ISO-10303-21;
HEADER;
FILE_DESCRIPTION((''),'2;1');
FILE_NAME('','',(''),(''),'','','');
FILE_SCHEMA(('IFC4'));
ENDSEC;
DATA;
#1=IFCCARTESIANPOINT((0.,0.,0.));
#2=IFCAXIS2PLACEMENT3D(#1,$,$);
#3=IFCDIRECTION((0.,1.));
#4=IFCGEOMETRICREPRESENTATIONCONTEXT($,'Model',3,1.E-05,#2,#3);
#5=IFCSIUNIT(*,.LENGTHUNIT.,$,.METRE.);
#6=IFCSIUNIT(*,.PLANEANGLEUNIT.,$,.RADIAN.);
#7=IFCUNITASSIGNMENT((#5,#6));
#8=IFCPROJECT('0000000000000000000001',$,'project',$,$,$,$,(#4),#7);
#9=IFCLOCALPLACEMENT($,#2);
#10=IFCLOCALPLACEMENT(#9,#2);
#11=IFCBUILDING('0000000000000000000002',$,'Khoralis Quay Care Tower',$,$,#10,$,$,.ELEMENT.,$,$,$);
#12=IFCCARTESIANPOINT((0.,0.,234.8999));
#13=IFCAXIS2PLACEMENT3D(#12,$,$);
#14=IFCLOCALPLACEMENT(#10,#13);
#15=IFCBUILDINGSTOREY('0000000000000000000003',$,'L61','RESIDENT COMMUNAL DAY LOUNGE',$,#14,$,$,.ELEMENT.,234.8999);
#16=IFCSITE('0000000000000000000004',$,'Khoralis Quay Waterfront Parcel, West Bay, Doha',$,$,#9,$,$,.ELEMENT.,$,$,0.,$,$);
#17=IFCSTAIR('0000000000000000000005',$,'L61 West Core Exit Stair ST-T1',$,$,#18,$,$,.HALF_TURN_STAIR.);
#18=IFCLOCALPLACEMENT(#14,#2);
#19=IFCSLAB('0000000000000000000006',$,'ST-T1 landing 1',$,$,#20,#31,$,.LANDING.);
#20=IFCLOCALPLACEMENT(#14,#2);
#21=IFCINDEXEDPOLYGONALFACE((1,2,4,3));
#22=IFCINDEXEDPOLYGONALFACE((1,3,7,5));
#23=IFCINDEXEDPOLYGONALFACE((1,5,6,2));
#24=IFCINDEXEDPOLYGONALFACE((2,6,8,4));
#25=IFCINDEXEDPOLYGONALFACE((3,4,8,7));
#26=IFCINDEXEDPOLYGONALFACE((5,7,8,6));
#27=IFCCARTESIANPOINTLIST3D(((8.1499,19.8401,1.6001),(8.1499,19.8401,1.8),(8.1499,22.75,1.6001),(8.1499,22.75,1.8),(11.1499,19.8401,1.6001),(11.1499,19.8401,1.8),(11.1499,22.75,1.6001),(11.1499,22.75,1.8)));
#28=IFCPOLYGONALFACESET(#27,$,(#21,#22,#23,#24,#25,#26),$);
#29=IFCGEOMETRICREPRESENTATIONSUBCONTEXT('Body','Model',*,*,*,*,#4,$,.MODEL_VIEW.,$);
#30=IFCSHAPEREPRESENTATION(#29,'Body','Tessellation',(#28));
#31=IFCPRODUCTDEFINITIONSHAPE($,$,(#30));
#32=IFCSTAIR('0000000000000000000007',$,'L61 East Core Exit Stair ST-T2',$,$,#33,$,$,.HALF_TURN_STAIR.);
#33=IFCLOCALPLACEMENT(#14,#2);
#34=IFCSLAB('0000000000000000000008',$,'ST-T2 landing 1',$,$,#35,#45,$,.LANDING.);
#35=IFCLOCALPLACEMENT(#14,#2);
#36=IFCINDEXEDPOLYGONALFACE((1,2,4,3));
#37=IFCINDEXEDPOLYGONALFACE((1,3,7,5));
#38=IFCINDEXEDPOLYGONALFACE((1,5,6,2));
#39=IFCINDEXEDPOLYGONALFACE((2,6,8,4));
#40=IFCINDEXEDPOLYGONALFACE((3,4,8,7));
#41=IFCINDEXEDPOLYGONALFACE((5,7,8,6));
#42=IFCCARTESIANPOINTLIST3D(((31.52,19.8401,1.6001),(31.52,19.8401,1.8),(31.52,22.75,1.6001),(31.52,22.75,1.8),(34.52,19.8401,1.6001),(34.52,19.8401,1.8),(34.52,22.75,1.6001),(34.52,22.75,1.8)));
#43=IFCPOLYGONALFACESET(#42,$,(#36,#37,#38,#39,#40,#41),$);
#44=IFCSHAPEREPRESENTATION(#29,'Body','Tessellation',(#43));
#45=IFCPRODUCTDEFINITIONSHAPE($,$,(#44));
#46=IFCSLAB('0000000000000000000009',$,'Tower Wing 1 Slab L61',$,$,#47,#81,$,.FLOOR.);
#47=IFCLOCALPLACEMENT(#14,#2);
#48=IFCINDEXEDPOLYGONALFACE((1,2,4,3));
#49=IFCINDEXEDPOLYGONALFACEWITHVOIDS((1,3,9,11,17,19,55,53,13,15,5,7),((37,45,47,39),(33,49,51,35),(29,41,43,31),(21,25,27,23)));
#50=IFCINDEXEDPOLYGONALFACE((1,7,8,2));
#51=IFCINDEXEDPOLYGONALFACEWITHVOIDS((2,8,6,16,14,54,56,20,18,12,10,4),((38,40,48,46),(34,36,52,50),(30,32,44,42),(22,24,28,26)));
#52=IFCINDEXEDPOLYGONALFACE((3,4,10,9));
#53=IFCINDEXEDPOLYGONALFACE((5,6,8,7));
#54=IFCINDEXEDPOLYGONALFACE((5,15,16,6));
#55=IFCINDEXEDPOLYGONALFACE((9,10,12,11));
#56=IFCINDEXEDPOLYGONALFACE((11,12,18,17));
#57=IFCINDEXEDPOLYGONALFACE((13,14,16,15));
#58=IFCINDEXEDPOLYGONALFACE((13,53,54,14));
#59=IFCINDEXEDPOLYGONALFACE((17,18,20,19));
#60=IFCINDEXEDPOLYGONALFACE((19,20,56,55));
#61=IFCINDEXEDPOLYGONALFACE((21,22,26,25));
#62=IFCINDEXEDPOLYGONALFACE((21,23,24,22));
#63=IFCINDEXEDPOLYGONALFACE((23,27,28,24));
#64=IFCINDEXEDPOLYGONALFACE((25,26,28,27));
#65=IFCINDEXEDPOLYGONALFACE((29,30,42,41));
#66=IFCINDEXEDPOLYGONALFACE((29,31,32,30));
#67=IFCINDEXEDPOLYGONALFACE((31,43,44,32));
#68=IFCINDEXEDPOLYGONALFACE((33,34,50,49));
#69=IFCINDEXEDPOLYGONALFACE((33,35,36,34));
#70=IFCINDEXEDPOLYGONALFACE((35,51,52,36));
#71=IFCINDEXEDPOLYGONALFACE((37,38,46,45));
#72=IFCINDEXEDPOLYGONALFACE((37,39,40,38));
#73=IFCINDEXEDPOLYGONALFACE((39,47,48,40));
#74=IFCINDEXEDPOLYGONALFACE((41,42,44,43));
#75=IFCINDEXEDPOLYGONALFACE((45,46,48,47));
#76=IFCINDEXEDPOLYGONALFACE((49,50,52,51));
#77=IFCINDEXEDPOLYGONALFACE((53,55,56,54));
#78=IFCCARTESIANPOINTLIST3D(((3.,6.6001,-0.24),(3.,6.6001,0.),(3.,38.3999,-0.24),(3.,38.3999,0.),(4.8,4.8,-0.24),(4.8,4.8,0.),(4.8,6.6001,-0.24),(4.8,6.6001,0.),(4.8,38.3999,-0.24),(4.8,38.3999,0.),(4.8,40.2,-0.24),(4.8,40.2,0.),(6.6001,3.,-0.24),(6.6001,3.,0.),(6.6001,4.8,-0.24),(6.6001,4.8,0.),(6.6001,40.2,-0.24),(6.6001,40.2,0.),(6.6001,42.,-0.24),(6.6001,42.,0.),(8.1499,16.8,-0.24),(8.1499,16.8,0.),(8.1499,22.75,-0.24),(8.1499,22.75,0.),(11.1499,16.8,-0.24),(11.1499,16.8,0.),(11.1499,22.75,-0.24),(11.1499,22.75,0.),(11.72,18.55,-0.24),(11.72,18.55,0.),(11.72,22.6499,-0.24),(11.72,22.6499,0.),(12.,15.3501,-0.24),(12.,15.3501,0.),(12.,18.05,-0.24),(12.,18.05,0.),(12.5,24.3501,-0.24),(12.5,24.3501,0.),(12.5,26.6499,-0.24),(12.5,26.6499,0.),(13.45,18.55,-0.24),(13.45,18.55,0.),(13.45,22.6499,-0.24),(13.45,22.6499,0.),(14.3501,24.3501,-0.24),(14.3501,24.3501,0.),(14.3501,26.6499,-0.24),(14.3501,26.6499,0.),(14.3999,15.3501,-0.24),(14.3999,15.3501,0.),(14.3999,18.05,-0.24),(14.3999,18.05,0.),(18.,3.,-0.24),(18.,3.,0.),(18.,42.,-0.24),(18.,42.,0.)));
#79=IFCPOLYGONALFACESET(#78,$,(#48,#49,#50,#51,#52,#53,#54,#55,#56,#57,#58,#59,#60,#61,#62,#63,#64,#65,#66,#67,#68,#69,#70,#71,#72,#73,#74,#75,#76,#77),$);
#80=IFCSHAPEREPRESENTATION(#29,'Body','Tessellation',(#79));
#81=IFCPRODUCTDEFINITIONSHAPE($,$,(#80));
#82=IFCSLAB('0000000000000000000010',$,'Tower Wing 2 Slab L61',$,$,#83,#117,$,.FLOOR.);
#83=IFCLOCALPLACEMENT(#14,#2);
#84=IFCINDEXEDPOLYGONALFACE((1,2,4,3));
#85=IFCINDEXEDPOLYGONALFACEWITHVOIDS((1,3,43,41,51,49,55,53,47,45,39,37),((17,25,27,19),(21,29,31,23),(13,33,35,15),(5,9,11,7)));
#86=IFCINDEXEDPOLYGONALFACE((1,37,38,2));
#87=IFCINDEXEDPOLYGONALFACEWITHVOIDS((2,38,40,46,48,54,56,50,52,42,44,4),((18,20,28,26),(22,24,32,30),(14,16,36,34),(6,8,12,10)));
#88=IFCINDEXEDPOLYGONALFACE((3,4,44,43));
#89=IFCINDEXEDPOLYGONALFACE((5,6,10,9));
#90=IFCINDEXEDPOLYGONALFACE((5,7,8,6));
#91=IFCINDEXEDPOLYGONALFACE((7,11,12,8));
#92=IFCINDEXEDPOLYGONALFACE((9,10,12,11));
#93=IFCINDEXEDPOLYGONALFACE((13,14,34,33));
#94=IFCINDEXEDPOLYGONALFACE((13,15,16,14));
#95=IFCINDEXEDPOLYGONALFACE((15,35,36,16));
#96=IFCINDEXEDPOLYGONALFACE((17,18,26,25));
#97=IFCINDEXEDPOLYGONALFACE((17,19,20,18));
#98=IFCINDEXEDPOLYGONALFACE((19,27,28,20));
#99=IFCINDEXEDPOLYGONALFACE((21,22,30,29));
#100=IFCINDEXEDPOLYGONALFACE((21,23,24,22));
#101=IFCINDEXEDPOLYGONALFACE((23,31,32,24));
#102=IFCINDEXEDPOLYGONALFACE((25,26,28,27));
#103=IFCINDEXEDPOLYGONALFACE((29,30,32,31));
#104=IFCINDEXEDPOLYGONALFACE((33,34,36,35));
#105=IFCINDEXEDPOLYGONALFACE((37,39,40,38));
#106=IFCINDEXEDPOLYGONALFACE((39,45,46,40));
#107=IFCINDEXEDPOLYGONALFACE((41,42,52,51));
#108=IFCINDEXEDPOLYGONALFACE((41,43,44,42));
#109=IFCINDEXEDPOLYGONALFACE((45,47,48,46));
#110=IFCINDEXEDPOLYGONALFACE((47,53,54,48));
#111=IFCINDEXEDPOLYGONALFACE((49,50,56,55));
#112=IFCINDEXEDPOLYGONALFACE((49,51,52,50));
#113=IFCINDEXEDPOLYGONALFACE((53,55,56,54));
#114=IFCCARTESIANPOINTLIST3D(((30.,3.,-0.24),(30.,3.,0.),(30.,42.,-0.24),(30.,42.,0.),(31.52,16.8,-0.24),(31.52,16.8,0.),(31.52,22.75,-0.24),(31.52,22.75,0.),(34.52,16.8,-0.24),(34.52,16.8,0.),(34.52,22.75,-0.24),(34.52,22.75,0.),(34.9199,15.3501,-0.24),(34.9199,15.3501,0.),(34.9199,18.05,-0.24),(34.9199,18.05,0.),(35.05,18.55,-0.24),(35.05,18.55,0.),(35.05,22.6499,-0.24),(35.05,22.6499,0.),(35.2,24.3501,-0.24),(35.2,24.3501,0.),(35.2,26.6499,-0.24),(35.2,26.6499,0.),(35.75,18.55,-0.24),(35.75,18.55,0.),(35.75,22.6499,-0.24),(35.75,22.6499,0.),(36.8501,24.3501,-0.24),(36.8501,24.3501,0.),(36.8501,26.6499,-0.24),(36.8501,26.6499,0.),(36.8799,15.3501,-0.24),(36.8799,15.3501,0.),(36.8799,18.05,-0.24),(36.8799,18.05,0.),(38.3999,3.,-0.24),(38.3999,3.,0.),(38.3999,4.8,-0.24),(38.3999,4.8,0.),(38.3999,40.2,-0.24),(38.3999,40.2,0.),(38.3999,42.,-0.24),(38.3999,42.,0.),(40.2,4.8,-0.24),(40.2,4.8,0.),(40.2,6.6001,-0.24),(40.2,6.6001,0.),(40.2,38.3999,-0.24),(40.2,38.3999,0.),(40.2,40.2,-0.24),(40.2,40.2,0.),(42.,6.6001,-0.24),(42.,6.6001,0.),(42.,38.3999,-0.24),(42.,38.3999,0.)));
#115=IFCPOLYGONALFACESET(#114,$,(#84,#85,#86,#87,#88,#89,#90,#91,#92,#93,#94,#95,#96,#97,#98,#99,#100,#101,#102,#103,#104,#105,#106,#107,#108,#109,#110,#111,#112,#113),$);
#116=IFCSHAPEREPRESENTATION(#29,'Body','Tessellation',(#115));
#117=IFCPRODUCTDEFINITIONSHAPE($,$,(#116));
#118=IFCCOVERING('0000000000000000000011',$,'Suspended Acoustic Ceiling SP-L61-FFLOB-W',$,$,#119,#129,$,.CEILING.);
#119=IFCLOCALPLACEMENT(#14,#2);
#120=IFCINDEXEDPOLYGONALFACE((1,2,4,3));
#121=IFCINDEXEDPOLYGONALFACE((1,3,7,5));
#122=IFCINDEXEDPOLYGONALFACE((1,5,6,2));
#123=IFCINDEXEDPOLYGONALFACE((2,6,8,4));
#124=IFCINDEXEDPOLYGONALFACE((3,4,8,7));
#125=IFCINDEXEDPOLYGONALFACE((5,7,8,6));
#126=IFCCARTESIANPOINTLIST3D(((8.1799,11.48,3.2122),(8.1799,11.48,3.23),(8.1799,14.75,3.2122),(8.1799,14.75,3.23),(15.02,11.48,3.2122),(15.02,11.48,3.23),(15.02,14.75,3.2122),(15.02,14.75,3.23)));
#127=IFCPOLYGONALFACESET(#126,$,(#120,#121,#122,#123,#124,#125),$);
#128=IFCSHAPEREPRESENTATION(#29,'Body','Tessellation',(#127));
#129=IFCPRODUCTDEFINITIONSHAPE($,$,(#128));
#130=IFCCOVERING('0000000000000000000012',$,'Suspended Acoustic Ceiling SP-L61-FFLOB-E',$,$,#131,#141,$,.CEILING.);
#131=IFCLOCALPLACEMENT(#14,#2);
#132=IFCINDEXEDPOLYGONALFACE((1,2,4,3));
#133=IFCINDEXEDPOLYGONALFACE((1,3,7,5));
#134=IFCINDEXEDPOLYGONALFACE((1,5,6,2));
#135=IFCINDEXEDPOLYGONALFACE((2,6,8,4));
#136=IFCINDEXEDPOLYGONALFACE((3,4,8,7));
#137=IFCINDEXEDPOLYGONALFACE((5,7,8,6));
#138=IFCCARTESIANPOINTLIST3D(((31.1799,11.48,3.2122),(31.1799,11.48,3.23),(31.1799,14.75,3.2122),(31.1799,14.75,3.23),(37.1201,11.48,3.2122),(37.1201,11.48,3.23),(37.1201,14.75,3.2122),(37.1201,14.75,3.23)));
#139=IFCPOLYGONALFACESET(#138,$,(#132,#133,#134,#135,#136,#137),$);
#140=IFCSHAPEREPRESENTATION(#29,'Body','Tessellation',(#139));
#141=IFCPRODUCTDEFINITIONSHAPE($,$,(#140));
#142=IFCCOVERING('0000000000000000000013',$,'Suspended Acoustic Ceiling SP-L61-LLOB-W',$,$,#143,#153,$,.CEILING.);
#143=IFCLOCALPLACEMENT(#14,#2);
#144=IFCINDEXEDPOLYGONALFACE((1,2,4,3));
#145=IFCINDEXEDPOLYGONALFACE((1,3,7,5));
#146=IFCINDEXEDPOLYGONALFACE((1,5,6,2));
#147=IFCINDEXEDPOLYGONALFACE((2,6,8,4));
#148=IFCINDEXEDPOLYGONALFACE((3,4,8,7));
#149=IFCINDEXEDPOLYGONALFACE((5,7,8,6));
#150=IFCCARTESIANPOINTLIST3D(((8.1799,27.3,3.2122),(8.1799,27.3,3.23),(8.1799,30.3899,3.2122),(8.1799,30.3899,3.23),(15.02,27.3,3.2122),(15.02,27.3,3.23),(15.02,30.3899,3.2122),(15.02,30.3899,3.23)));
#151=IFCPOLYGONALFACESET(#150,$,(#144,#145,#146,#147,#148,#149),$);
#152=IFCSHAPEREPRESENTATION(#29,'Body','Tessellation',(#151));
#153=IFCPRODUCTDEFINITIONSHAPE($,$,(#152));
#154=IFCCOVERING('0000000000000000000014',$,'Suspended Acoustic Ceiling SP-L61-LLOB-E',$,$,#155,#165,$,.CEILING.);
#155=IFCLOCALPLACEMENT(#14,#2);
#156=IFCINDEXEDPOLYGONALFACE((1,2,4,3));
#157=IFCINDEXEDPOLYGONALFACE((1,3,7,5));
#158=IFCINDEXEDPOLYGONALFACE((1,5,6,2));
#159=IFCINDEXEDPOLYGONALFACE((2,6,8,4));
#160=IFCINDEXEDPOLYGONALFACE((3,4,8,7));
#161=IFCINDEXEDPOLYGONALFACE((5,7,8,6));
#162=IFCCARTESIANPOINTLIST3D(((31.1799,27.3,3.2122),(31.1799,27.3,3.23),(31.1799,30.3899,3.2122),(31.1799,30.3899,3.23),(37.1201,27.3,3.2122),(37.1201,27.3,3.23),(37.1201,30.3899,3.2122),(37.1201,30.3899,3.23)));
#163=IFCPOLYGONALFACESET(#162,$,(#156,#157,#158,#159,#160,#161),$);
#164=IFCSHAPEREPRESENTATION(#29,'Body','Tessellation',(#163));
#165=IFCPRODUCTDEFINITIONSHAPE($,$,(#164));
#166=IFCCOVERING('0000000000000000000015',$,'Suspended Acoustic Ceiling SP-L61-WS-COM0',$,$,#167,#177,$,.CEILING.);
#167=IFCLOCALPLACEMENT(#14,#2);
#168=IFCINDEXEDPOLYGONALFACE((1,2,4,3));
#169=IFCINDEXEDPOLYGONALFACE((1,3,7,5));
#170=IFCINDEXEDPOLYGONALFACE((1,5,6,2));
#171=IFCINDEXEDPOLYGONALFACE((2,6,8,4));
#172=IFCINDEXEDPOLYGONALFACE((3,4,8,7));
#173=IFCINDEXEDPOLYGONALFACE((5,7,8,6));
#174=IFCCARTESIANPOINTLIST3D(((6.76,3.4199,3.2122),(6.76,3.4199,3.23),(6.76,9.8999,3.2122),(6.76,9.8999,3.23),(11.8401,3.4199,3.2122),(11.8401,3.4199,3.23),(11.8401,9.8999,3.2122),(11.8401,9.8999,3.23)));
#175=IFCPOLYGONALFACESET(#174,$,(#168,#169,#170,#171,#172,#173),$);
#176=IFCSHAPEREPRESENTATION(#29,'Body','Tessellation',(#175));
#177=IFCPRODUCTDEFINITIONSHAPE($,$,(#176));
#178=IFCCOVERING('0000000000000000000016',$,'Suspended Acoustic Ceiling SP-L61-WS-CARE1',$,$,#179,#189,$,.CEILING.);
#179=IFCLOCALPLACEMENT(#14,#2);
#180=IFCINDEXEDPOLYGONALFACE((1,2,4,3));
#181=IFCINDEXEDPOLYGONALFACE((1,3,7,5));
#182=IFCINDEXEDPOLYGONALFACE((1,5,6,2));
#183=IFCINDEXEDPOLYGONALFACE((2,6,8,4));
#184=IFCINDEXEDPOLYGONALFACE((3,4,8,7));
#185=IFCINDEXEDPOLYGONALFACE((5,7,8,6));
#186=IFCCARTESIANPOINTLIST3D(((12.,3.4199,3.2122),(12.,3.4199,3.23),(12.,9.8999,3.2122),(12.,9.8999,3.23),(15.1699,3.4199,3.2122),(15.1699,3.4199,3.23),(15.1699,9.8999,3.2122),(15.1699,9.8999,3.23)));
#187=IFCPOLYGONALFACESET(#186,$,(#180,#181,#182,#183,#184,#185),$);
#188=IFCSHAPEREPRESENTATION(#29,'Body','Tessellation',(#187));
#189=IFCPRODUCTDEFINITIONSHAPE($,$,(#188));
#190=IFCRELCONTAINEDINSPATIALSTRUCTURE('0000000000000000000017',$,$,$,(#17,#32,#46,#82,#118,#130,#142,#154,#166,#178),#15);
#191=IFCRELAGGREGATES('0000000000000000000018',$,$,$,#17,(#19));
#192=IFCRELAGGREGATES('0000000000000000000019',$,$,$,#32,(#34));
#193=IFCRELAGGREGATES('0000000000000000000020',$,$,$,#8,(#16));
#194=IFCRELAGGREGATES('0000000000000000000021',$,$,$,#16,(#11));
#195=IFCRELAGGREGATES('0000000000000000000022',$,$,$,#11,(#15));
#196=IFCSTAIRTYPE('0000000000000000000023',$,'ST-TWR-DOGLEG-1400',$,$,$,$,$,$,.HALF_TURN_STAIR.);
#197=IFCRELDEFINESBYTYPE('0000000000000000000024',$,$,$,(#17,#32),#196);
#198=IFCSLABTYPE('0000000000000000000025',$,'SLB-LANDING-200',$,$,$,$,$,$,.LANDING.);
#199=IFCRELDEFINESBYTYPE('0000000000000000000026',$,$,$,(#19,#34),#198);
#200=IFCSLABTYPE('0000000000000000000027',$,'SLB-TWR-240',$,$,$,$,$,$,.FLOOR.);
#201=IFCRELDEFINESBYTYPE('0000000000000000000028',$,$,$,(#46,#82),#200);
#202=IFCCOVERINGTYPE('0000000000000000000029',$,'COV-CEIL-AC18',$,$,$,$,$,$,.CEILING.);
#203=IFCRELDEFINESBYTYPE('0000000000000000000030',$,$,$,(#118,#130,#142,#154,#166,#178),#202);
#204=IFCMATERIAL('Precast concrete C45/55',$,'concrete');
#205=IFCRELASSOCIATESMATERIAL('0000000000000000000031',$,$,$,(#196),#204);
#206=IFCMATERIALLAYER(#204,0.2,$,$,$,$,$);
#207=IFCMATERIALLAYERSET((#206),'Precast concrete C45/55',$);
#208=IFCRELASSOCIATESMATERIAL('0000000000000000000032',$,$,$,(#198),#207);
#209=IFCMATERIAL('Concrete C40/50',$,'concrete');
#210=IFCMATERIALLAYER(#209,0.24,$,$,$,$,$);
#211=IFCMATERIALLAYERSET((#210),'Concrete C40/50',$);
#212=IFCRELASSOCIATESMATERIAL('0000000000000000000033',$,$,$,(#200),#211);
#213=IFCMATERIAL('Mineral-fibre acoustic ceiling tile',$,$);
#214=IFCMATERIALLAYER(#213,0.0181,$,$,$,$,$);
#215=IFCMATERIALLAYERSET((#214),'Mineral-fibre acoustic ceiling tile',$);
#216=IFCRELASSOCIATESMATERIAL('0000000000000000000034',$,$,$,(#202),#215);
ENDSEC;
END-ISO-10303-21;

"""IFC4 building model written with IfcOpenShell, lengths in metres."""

from ifc_helpers import new_model, si_unit, direction, frame, origin, place, context, subcontext, project, spatial, polyline, outline, extrude, material, layer, layer_set, type_object, element, aggregate, save


model = new_model("IFC4")

# Units and contexts
model_context = context("Model", 3, precision=1e-05, world=origin(), true_north=direction((0.0, 1.0)))
body_context = subcontext(model_context, "Body", "Model", "MODEL_VIEW")
ifc_project = project(units=[si_unit("LENGTHUNIT", "METRE"), si_unit("PLANEANGLEUNIT", "RADIAN")], contexts=[model_context])

# Site, building, storey
site_placement = place(None, origin())
site = spatial("IfcSite", under=ifc_project, at=site_placement, Name="Khoralis Quay Waterfront Parcel, West Bay, Doha", CompositionType="ELEMENT", RefElevation=0.0)
building_placement = place(site_placement, origin())
building = spatial("IfcBuilding", under=site, at=building_placement, Name="Khoralis Quay Care Tower", CompositionType="ELEMENT")
storey_placement = place(building_placement, frame((0.0, 0.0, 234.8999)))
storey = spatial("IfcBuildingStorey", under=building, at=storey_placement, Name="L61", Description="RESIDENT COMMUNAL DAY LOUNGE", CompositionType="ELEMENT", Elevation=234.8999)

# Stairs, slabs
ifc_material_1 = material(Name="Precast concrete C45/55", Category="concrete")
stair_type = type_object("IfcStairType", Name="ST-TWR-DOGLEG-1400", PredefinedType="HALF_TURN_STAIR", material=ifc_material_1)
stair_1_placement = place(storey_placement, origin())
stair_1 = element("IfcStair", 1, at=stair_1_placement, inside=storey, type_object=stair_type, Name="L61 West Core Exit Stair ST-T1", PredefinedType="HALF_TURN_STAIR")
ifc_layer_1 = layer(ifc_material_1, 0.2)
ifc_layer_set_1 = layer_set([ifc_layer_1], Name="Precast concrete C45/55")
slab_type_1 = type_object("IfcSlabType", Name="SLB-LANDING-200", PredefinedType="LANDING", material=ifc_layer_set_1)
slab_1_placement = place(storey_placement, frame((0.0, 0.0, 1.6001)))
slab_1 = element("IfcSlab", 2, at=slab_1_placement, type_object=slab_type_1, Name="ST-T1 landing 1", PredefinedType="LANDING", context=body_context, shape_type="SweptSolid", body=[
    extrude(outline(polyline([(11.1499, 19.8401), (11.1499, 22.75), (8.1499, 22.75), (8.1499, 19.8401), (11.1499, 19.8401)])), origin(), (0.0, 0.0, 1.0), 0.2),
])
aggregate(stair_1, [slab_1])
stair_2_placement = place(storey_placement, origin())
stair_2 = element("IfcStair", 3, at=stair_2_placement, inside=storey, type_object=stair_type, Name="L61 East Core Exit Stair ST-T2", PredefinedType="HALF_TURN_STAIR")
slab_2_placement = place(storey_placement, frame((0.0, 0.0, 1.6001)))
slab_2 = element("IfcSlab", 4, at=slab_2_placement, type_object=slab_type_1, Name="ST-T2 landing 1", PredefinedType="LANDING", context=body_context, shape_type="SweptSolid", body=[
    extrude(outline(polyline([(34.52, 19.8401), (34.52, 22.75), (31.52, 22.75), (31.52, 19.8401), (34.52, 19.8401)])), origin(), (0.0, 0.0, 1.0), 0.2),
])
aggregate(stair_2, [slab_2])

# Slabs
ifc_material_2 = material(Name="Concrete C40/50", Category="concrete")
ifc_layer_2 = layer(ifc_material_2, 0.24)
ifc_layer_set_2 = layer_set([ifc_layer_2], Name="Concrete C40/50")
slab_type_2 = type_object("IfcSlabType", Name="SLB-TWR-240", PredefinedType="FLOOR", material=ifc_layer_set_2)
slab_3_placement = place(storey_placement, frame((0.0, 0.0, -0.24)))
element("IfcSlab", 5, at=slab_3_placement, inside=storey, type_object=slab_type_2, Name="Tower Wing 1 Slab L61", PredefinedType="FLOOR", context=body_context, shape_type="SweptSolid", body=[
    extrude(outline(polyline([(6.6001, 3.0), (18.0, 3.0), (18.0, 42.0), (6.6001, 42.0), (6.6001, 40.2), (4.8, 40.2), (4.8, 38.3999), (3.0, 38.3999), (3.0, 6.6001), (4.8, 6.6001), (4.8, 4.8), (6.6001, 4.8), (6.6001, 3.0)]), holes=[polyline([(11.1499, 16.8), (11.1499, 22.75), (8.1499, 22.75), (8.1499, 16.8), (11.1499, 16.8)]), polyline([(12.0, 15.3501), (14.3999, 15.3501), (14.3999, 18.05), (12.0, 18.05), (12.0, 15.3501)]), polyline([(12.5, 24.3501), (14.3501, 24.3501), (14.3501, 26.6499), (12.5, 26.6499), (12.5, 24.3501)]), polyline([(11.72, 18.55), (13.45, 18.55), (13.45, 22.6499), (11.72, 22.6499), (11.72, 18.55)])]), origin(), (0.0, 0.0, 1.0), 0.24),
])
slab_4_placement = place(storey_placement, frame((0.0, 0.0, -0.24)))
element("IfcSlab", 6, at=slab_4_placement, inside=storey, type_object=slab_type_2, Name="Tower Wing 2 Slab L61", PredefinedType="FLOOR", context=body_context, shape_type="SweptSolid", body=[
    extrude(outline(polyline([(30.0, 3.0), (38.3999, 3.0), (38.3999, 4.8), (40.2, 4.8), (40.2, 6.6001), (42.0, 6.6001), (42.0, 38.3999), (40.2, 38.3999), (40.2, 40.2), (38.3999, 40.2), (38.3999, 42.0), (30.0, 42.0), (30.0, 3.0)]), holes=[polyline([(34.52, 16.8), (34.52, 22.75), (31.52, 22.75), (31.52, 16.8), (34.52, 16.8)]), polyline([(34.9199, 15.3501), (36.8799, 15.3501), (36.8799, 18.05), (34.9199, 18.05), (34.9199, 15.3501)]), polyline([(35.2, 24.3501), (36.8501, 24.3501), (36.8501, 26.6499), (35.2, 26.6499), (35.2, 24.3501)]), polyline([(35.05, 18.55), (35.75, 18.55), (35.75, 22.6499), (35.05, 22.6499), (35.05, 18.55)])]), origin(), (0.0, 0.0, 1.0), 0.24),
])

# Coverings
ifc_material_3 = material(Name="Mineral-fibre acoustic ceiling tile")
ifc_layer_3 = layer(ifc_material_3, 0.0181)
ifc_layer_set_3 = layer_set([ifc_layer_3], Name="Mineral-fibre acoustic ceiling tile")
covering_type_1 = type_object("IfcCoveringType", Name="COV-CEIL-AC18", PredefinedType="CEILING", material=ifc_layer_set_3)
covering_1_placement = place(storey_placement, frame((0.0, 0.0, 3.2122)))
element("IfcCovering", 7, at=covering_1_placement, inside=storey, type_object=covering_type_1, Name="Suspended Acoustic Ceiling SP-L61-FFLOB-W", PredefinedType="CEILING", context=body_context, shape_type="SweptSolid", body=[
    extrude(outline(polyline([(8.1799, 11.48), (15.02, 11.48), (15.02, 14.75), (8.1799, 14.75), (8.1799, 11.48)])), origin(), (0.0, 0.0, 1.0), 0.0178),
])
covering_2_placement = place(storey_placement, frame((0.0, 0.0, 3.2122)))
element("IfcCovering", 8, at=covering_2_placement, inside=storey, type_object=covering_type_1, Name="Suspended Acoustic Ceiling SP-L61-FFLOB-E", PredefinedType="CEILING", context=body_context, shape_type="SweptSolid", body=[
    extrude(outline(polyline([(31.1799, 11.48), (37.1201, 11.48), (37.1201, 14.75), (31.1799, 14.75), (31.1799, 11.48)])), origin(), (0.0, 0.0, 1.0), 0.0178),
])
covering_3_placement = place(storey_placement, frame((0.0, 0.0, 3.2122)))
element("IfcCovering", 9, at=covering_3_placement, inside=storey, type_object=covering_type_1, Name="Suspended Acoustic Ceiling SP-L61-LLOB-W", PredefinedType="CEILING", context=body_context, shape_type="SweptSolid", body=[
    extrude(outline(polyline([(8.1799, 27.3), (15.02, 27.3), (15.02, 30.3899), (8.1799, 30.3899), (8.1799, 27.3)])), origin(), (0.0, 0.0, 1.0), 0.0178),
])
covering_4_placement = place(storey_placement, frame((0.0, 0.0, 3.2122)))
element("IfcCovering", 10, at=covering_4_placement, inside=storey, type_object=covering_type_1, Name="Suspended Acoustic Ceiling SP-L61-LLOB-E", PredefinedType="CEILING", context=body_context, shape_type="SweptSolid", body=[
    extrude(outline(polyline([(31.1799, 27.3), (37.1201, 27.3), (37.1201, 30.3899), (31.1799, 30.3899), (31.1799, 27.3)])), origin(), (0.0, 0.0, 1.0), 0.0178),
])
covering_5_placement = place(storey_placement, frame((0.0, 0.0, 3.2122)))
element("IfcCovering", 11, at=covering_5_placement, inside=storey, type_object=covering_type_1, Name="Suspended Acoustic Ceiling SP-L61-WS-COM0", PredefinedType="CEILING", context=body_context, shape_type="SweptSolid", body=[
    extrude(outline(polyline([(6.76, 3.4199), (11.8401, 3.4199), (11.8401, 9.8999), (6.76, 9.8999), (6.76, 3.4199)])), origin(), (0.0, 0.0, 1.0), 0.0178),
])
covering_6_placement = place(storey_placement, frame((0.0, 0.0, 3.2122)))
element("IfcCovering", 12, at=covering_6_placement, inside=storey, type_object=covering_type_1, Name="Suspended Acoustic Ceiling SP-L61-WS-CARE1", PredefinedType="CEILING", context=body_context, shape_type="SweptSolid", body=[
    extrude(outline(polyline([(12.0, 3.4199), (15.1699, 3.4199), (15.1699, 9.8999), (12.0, 9.8999), (12.0, 3.4199)])), origin(), (0.0, 0.0, 1.0), 0.0178),
])

save(model, "model.ifc")
